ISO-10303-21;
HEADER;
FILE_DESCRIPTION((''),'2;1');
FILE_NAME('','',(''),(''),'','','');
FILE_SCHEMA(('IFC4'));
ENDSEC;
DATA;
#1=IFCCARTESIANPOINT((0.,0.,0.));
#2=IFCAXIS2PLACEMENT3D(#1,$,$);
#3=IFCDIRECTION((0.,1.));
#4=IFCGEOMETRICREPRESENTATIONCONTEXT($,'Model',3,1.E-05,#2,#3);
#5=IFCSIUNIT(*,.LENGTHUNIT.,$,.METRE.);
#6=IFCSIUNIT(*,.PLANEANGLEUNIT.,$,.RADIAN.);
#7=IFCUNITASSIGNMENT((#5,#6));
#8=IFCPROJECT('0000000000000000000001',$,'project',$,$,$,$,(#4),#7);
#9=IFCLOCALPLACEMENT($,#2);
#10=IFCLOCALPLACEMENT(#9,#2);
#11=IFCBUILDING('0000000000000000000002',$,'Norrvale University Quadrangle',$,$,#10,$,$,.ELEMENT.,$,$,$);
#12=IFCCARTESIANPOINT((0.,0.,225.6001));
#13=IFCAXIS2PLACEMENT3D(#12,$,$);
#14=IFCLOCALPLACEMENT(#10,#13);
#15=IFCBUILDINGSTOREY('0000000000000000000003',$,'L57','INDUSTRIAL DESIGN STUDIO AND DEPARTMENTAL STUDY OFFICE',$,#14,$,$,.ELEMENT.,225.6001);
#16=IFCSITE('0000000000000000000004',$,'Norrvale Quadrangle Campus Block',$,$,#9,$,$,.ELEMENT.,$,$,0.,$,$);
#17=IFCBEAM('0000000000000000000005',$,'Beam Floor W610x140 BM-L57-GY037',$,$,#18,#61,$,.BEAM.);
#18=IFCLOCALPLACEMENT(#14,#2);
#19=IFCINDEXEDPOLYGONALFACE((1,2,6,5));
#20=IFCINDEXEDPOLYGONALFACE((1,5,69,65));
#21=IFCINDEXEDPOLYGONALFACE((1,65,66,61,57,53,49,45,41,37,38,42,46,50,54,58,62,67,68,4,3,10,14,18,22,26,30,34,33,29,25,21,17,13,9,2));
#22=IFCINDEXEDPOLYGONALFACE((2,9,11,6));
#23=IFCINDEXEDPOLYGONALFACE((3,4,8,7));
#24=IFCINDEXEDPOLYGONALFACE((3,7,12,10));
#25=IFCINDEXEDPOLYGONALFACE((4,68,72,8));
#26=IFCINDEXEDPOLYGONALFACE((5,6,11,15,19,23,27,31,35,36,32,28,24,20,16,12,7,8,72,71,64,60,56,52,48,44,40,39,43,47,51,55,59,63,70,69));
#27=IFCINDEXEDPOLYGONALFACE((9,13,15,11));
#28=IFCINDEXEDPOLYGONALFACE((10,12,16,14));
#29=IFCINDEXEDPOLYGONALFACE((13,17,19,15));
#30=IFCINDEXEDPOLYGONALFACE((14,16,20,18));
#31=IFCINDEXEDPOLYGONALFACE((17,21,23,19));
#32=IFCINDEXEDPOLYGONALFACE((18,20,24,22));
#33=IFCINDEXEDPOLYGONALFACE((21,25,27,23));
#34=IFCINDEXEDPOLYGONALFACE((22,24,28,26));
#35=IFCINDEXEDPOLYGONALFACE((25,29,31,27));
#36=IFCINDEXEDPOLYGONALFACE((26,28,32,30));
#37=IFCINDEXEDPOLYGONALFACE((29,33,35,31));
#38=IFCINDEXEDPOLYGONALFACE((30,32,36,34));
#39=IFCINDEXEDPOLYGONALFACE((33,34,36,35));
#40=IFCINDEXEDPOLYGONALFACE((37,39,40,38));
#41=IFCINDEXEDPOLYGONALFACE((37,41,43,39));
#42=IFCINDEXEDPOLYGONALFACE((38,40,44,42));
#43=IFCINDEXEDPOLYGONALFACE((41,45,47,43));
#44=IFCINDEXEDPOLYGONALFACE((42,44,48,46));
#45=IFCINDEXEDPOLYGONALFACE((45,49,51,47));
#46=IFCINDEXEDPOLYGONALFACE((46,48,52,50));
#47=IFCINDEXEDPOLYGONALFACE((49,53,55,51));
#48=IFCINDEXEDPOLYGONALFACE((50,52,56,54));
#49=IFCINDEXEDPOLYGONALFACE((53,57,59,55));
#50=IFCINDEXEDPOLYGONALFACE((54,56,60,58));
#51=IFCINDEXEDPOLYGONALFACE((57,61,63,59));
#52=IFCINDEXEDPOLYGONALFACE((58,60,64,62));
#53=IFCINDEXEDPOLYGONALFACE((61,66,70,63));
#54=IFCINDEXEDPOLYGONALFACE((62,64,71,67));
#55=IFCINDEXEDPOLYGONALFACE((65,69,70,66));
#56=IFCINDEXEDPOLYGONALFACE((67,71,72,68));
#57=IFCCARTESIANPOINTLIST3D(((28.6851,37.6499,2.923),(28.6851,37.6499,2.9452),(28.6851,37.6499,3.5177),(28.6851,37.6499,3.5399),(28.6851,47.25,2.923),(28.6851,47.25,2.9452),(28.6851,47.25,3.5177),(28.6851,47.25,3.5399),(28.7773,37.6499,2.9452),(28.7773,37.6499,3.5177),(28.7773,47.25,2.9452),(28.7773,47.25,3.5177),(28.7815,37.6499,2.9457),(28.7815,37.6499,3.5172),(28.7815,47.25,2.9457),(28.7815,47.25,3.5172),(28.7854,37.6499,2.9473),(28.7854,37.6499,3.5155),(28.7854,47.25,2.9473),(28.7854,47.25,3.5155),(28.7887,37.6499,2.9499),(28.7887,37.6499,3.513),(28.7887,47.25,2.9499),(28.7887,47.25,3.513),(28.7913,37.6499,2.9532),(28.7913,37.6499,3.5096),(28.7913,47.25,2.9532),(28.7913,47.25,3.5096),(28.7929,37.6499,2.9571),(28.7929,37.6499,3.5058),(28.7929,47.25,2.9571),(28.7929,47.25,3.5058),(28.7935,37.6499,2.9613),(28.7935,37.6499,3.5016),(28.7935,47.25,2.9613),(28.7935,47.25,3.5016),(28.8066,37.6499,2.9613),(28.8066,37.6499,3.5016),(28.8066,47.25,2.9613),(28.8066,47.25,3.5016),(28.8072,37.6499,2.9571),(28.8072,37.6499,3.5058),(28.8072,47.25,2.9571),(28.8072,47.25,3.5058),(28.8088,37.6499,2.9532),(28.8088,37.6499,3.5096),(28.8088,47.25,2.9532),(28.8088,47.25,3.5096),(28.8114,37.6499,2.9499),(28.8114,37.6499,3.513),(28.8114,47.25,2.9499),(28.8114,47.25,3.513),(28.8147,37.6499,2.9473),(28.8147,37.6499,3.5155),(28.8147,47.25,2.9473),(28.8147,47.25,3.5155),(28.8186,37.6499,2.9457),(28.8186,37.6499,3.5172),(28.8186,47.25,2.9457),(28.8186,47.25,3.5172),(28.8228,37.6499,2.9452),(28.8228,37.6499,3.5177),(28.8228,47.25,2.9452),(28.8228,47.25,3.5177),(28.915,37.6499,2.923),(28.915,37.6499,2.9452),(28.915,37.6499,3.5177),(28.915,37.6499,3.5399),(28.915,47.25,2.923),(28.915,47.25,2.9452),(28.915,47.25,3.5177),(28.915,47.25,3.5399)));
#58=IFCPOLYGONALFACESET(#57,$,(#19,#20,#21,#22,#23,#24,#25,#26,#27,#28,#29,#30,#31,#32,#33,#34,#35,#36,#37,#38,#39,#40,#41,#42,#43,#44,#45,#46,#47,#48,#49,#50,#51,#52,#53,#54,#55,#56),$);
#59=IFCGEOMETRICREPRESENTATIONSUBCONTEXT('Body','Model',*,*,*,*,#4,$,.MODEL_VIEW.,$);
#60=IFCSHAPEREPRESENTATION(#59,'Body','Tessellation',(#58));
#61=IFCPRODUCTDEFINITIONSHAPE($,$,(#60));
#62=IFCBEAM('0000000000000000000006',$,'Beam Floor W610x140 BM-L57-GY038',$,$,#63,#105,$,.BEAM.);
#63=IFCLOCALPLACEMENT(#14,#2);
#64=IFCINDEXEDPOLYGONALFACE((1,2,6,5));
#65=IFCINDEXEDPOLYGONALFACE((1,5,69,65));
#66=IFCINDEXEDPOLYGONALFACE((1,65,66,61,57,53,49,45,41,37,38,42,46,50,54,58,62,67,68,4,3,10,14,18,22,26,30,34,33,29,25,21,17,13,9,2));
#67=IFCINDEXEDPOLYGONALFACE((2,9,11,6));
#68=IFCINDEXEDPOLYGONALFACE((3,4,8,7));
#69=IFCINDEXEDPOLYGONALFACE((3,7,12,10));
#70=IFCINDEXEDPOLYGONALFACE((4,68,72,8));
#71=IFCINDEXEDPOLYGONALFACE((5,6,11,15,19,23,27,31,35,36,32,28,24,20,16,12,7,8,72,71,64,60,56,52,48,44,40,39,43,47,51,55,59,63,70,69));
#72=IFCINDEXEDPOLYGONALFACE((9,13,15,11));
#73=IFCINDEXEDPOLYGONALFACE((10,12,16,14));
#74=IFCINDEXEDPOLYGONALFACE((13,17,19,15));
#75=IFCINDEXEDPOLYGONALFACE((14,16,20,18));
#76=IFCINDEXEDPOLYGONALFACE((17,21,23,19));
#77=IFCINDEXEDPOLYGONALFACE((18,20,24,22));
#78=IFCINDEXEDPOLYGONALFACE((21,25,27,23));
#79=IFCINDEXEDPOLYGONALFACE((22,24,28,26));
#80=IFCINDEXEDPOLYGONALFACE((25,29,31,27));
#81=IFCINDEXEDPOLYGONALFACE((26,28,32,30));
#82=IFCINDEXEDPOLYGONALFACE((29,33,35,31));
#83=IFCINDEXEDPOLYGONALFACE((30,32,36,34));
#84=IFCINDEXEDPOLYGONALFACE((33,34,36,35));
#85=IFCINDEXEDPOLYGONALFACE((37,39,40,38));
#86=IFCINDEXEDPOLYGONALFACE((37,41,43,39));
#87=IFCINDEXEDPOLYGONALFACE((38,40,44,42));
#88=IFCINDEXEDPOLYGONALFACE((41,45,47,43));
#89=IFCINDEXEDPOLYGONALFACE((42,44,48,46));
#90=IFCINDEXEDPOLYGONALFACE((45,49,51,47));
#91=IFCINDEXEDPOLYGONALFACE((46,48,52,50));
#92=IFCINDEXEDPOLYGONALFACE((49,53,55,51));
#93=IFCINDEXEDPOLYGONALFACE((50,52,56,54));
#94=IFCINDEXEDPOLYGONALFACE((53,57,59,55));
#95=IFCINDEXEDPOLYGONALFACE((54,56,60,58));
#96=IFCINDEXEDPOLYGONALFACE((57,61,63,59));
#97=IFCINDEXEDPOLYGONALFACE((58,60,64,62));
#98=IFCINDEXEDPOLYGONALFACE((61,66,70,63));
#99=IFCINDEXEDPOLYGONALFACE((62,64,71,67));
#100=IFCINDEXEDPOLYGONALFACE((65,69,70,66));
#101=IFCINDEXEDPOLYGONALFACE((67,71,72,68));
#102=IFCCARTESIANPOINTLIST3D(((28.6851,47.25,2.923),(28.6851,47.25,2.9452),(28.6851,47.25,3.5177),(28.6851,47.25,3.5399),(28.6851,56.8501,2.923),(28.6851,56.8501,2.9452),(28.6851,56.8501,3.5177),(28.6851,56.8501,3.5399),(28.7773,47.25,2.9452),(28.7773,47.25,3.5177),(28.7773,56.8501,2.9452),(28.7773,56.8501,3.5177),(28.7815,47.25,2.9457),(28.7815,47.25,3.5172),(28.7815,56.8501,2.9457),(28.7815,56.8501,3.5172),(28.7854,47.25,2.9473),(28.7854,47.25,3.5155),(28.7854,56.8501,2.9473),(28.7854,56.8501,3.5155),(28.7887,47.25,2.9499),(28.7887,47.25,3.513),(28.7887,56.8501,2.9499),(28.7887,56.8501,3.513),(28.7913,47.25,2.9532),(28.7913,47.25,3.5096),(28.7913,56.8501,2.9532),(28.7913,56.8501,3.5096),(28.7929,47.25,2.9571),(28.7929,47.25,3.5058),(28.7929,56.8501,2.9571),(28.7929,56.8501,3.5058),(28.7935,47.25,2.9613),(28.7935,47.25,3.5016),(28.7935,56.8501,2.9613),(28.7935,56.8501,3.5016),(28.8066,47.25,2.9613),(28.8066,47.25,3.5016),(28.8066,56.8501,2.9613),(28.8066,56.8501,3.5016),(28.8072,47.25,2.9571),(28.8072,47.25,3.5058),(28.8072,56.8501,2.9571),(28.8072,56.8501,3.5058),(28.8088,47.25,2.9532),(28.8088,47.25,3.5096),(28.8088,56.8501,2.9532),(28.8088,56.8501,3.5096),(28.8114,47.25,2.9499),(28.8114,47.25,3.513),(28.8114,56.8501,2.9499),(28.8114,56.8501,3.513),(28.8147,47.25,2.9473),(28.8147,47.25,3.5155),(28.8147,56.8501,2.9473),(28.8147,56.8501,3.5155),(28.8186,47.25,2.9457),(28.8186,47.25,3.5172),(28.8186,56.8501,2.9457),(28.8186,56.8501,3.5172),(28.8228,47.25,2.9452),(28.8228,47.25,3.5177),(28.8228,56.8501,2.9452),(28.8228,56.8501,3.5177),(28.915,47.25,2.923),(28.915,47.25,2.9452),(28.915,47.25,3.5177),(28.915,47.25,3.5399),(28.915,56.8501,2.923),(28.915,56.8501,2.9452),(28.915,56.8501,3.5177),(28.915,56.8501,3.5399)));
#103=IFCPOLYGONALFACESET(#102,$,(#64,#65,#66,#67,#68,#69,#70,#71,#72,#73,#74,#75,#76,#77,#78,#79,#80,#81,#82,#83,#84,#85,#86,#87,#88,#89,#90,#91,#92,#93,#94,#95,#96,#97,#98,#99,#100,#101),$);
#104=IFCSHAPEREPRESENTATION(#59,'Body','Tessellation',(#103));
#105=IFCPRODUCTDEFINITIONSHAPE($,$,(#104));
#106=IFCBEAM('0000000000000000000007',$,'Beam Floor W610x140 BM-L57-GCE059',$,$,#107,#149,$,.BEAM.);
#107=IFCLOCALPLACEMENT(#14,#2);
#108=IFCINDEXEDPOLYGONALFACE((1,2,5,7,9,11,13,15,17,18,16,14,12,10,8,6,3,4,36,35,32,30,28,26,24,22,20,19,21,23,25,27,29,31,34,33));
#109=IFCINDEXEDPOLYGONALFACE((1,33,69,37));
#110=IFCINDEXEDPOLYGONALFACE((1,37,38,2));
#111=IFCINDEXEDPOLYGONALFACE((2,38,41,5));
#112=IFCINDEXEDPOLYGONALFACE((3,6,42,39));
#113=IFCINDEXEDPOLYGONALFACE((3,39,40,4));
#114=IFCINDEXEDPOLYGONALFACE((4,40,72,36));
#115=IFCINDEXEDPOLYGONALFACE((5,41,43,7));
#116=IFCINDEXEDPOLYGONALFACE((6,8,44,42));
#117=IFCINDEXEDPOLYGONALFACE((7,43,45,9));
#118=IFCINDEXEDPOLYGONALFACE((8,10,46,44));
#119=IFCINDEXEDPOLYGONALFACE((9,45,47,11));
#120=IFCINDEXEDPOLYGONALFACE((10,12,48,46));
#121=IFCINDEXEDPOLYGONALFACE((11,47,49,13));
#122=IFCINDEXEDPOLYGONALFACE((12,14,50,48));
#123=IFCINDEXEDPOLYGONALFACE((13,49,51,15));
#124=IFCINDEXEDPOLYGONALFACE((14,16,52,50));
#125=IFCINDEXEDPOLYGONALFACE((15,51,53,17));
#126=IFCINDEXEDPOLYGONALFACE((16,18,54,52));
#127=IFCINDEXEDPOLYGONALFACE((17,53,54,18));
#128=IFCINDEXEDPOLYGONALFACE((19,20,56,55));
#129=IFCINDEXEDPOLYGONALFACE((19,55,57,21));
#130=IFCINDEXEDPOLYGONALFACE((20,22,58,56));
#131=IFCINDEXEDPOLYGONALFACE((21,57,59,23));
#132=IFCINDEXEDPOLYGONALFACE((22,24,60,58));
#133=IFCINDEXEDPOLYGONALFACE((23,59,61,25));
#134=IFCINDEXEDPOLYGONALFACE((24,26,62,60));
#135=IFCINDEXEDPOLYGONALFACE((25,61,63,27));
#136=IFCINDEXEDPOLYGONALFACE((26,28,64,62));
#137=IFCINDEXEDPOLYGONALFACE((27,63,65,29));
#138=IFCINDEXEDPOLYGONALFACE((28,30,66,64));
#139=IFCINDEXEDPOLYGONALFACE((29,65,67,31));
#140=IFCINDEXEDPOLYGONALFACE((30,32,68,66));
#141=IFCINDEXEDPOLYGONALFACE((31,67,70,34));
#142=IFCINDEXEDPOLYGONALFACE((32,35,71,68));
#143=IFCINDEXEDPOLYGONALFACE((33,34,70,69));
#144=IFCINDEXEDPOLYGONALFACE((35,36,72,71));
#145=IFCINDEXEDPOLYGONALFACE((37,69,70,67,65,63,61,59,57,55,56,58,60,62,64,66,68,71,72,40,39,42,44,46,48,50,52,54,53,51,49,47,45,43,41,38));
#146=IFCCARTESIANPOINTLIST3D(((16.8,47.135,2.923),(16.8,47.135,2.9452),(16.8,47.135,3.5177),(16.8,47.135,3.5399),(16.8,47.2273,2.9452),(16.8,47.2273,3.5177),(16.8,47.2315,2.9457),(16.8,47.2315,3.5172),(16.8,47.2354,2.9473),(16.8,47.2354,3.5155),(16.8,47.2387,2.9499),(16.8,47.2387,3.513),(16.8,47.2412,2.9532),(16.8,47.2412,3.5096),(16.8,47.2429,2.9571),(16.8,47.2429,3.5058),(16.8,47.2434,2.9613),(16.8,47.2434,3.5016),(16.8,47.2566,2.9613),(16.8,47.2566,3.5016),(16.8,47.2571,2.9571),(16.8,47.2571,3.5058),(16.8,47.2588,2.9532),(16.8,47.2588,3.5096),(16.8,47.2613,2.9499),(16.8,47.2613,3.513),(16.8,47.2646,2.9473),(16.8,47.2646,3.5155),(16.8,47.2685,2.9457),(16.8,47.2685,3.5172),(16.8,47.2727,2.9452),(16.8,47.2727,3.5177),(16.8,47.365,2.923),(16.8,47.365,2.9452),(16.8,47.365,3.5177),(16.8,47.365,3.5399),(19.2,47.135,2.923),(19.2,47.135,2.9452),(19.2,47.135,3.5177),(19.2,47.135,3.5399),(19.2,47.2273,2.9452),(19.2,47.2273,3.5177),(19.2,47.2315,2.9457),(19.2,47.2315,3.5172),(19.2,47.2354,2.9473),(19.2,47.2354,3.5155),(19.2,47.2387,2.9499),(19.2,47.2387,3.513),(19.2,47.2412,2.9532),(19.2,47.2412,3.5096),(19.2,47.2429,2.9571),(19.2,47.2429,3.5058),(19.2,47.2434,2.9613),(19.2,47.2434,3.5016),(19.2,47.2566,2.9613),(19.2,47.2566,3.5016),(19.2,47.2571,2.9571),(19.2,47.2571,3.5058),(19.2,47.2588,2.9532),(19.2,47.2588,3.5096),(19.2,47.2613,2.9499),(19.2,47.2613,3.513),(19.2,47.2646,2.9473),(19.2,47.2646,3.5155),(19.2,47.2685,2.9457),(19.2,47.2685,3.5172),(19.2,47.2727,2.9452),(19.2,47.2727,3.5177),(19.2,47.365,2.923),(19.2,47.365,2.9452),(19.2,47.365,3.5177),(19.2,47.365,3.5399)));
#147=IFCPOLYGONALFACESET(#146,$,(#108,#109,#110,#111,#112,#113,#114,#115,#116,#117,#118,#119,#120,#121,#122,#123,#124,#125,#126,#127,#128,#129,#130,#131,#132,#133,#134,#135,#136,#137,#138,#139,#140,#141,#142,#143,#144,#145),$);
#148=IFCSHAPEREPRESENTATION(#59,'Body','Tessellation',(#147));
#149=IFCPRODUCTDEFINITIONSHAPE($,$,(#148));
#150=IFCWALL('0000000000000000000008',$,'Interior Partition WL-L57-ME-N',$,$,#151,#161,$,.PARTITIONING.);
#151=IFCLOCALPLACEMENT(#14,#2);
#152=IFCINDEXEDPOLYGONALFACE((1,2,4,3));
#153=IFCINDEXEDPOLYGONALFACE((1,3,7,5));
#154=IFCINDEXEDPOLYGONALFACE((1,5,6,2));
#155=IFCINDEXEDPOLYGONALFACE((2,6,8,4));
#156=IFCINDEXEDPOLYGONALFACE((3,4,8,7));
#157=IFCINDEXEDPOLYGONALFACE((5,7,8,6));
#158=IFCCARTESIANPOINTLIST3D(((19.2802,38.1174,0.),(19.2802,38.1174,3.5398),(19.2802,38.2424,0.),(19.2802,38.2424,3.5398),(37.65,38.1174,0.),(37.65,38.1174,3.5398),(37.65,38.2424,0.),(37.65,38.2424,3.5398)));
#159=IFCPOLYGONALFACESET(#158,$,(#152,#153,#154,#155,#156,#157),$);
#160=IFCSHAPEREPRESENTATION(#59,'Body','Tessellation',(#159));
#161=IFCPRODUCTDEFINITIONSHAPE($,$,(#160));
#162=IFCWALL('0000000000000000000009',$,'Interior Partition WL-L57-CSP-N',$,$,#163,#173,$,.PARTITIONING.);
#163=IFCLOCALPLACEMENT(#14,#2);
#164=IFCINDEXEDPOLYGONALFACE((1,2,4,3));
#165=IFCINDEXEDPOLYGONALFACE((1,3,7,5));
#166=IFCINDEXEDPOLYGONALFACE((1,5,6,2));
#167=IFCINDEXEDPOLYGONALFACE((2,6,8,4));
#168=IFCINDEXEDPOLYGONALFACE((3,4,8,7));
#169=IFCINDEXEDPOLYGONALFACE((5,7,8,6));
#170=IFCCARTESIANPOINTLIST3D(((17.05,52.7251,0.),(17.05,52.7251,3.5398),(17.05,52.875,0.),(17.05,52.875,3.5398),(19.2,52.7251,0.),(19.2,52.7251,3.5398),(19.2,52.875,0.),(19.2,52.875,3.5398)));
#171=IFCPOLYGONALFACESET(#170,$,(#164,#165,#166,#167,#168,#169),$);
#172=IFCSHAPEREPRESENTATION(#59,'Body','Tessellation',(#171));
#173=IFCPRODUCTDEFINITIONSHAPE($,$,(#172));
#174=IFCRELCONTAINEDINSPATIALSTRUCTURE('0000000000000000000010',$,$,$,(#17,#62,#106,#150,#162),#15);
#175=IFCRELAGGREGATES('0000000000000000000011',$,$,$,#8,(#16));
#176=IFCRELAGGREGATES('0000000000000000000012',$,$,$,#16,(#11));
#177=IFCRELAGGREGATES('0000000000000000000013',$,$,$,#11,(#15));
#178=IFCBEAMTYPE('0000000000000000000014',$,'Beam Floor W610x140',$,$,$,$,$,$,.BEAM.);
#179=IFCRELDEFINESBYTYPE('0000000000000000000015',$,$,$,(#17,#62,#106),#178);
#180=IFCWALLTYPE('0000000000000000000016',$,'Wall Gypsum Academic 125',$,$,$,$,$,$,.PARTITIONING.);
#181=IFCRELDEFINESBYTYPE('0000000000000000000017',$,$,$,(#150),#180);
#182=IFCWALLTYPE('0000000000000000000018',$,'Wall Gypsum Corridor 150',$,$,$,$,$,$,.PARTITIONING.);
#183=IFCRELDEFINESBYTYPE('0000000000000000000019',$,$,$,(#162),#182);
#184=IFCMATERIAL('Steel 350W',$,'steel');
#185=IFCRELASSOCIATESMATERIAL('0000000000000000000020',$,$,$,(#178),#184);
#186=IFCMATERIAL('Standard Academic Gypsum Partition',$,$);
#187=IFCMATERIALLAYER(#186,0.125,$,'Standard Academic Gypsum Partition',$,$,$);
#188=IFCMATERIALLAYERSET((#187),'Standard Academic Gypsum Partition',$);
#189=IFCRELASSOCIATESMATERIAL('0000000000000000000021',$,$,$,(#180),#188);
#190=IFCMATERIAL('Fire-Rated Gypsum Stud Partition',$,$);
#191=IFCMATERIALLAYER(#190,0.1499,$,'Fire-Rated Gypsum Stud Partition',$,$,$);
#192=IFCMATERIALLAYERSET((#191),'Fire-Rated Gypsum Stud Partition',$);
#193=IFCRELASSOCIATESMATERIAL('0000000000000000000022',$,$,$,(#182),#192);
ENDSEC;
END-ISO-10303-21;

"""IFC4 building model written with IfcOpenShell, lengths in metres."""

from ifc_helpers import new_model, si_unit, direction, frame, frame_2d, origin, origin_2d, place, context, subcontext, project, spatial, rectangle, i_section, extrude, material, layer, layer_set, material_profile, profile_set, type_object, element, save


model = new_model("IFC4")

# Units and contexts
model_context = context("Model", 3, precision=1e-05, world=origin(), true_north=direction((0.0, 1.0)))
body_context = subcontext(model_context, "Body", "Model", "MODEL_VIEW")
ifc_project = project(units=[si_unit("LENGTHUNIT", "METRE"), si_unit("PLANEANGLEUNIT", "RADIAN")], contexts=[model_context])

# Site, building, storey
site_placement = place(None, origin())
site = spatial("IfcSite", under=ifc_project, at=site_placement, Name="Norrvale Quadrangle Campus Block", CompositionType="ELEMENT", RefElevation=0.0)
building_placement = place(site_placement, origin())
building = spatial("IfcBuilding", under=site, at=building_placement, Name="Norrvale University Quadrangle", CompositionType="ELEMENT")
storey_placement = place(building_placement, frame((0.0, 0.0, 225.6001)))
storey = spatial("IfcBuildingStorey", under=building, at=storey_placement, Name="L57", Description="INDUSTRIAL DESIGN STUDIO AND DEPARTMENTAL STUDY OFFICE", CompositionType="ELEMENT", Elevation=225.6001)

# Beams
ifc_material_1 = material(Name="Steel 350W", Category="steel")
ifc_material_profile_1 = material_profile(ifc_material_1, i_section(OverallWidth=0.23, OverallDepth=0.6169, WebThickness=0.0132, FlangeThickness=0.0222, FilletRadius=0.0161, at=origin_2d()), Name="Steel 350W")
ifc_profile_set_1 = profile_set([ifc_material_profile_1], Name="Steel 350W")
beam_type_1 = type_object("IfcBeamType", Name="Beam Floor W610x140", PredefinedType="BEAM", material=ifc_profile_set_1)
for number, where, z_axis, x_axis, name in (
    (1, (28.8, 37.6499, 3.2314), (0.0, 1.0, 0.0), (-1.0, 0.0, 0.0), "Beam Floor W610x140 BM-L57-GY037"),
    (2, (28.8, 47.25, 3.2314), (0.0, 1.0, 0.0), (-1.0, 0.0, 0.0), "Beam Floor W610x140 BM-L57-GY038"),
):
    element("IfcBeam", number, at=place(storey_placement, frame(where, z_axis=z_axis, x_axis=x_axis)), inside=storey, type_object=beam_type_1, Name=name, PredefinedType="BEAM", context=body_context, shape_type="SweptSolid", body=[
        extrude(i_section(OverallWidth=0.23, OverallDepth=0.6169, WebThickness=0.0132, FlangeThickness=0.0222, FilletRadius=0.0161, at=origin_2d()), origin(), (0.0, 0.0, 1.0), 9.6001),
    ])
beam_1_placement = place(storey_placement, frame((16.8, 47.25, 3.2314), z_axis=(1.0, 0.0, 0.0), x_axis=(0.0, 1.0, 0.0)))
element("IfcBeam", 3, at=beam_1_placement, inside=storey, type_object=beam_type_1, Name="Beam Floor W610x140 BM-L57-GCE059", PredefinedType="BEAM", context=body_context, shape_type="SweptSolid", body=[
    extrude(i_section(OverallWidth=0.23, OverallDepth=0.6169, WebThickness=0.0132, FlangeThickness=0.0222, FilletRadius=0.0161, at=origin_2d()), origin(), (0.0, 0.0, 1.0), 2.3999),
])

# Walls
ifc_material_2 = material(Name="Standard Academic Gypsum Partition")
ifc_layer_1 = layer(ifc_material_2, 0.125, Name="Standard Academic Gypsum Partition")
ifc_layer_set_1 = layer_set([ifc_layer_1], Name="Standard Academic Gypsum Partition")
wall_type_1 = type_object("IfcWallType", Name="Wall Gypsum Academic 125", PredefinedType="PARTITIONING", material=ifc_layer_set_1)
wall_1_placement = place(storey_placement, frame((19.28, 38.1799, 0.0), z_axis=(0.0, 0.0, 1.0), x_axis=(1.0, 0.0, 0.0)))
element("IfcWall", 4, at=wall_1_placement, inside=storey, type_object=wall_type_1, Name="Interior Partition WL-L57-ME-N", PredefinedType="PARTITIONING", context=body_context, shape_type="SweptSolid", body=[
    extrude(rectangle(XDim=18.3699, YDim=0.125, at=frame_2d((9.1851, 0.0))), origin(), (0.0, 0.0, 1.0), 3.5398),
])
ifc_material_3 = material(Name="Fire-Rated Gypsum Stud Partition")
ifc_layer_2 = layer(ifc_material_3, 0.1499, Name="Fire-Rated Gypsum Stud Partition")
ifc_layer_set_2 = layer_set([ifc_layer_2], Name="Fire-Rated Gypsum Stud Partition")
wall_type_2 = type_object("IfcWallType", Name="Wall Gypsum Corridor 150", PredefinedType="PARTITIONING", material=ifc_layer_set_2)
wall_2_placement = place(storey_placement, frame((17.05, 52.8, 0.0), z_axis=(0.0, 0.0, 1.0), x_axis=(1.0, 0.0, 0.0)))
element("IfcWall", 5, at=wall_2_placement, inside=storey, type_object=wall_type_2, Name="Interior Partition WL-L57-CSP-N", PredefinedType="PARTITIONING", context=body_context, shape_type="SweptSolid", body=[
    extrude(rectangle(XDim=2.1499, YDim=0.1499, at=frame_2d((1.075, 0.0))), origin(), (0.0, 0.0, 1.0), 3.5398),
])

save(model, "model.ifc")
